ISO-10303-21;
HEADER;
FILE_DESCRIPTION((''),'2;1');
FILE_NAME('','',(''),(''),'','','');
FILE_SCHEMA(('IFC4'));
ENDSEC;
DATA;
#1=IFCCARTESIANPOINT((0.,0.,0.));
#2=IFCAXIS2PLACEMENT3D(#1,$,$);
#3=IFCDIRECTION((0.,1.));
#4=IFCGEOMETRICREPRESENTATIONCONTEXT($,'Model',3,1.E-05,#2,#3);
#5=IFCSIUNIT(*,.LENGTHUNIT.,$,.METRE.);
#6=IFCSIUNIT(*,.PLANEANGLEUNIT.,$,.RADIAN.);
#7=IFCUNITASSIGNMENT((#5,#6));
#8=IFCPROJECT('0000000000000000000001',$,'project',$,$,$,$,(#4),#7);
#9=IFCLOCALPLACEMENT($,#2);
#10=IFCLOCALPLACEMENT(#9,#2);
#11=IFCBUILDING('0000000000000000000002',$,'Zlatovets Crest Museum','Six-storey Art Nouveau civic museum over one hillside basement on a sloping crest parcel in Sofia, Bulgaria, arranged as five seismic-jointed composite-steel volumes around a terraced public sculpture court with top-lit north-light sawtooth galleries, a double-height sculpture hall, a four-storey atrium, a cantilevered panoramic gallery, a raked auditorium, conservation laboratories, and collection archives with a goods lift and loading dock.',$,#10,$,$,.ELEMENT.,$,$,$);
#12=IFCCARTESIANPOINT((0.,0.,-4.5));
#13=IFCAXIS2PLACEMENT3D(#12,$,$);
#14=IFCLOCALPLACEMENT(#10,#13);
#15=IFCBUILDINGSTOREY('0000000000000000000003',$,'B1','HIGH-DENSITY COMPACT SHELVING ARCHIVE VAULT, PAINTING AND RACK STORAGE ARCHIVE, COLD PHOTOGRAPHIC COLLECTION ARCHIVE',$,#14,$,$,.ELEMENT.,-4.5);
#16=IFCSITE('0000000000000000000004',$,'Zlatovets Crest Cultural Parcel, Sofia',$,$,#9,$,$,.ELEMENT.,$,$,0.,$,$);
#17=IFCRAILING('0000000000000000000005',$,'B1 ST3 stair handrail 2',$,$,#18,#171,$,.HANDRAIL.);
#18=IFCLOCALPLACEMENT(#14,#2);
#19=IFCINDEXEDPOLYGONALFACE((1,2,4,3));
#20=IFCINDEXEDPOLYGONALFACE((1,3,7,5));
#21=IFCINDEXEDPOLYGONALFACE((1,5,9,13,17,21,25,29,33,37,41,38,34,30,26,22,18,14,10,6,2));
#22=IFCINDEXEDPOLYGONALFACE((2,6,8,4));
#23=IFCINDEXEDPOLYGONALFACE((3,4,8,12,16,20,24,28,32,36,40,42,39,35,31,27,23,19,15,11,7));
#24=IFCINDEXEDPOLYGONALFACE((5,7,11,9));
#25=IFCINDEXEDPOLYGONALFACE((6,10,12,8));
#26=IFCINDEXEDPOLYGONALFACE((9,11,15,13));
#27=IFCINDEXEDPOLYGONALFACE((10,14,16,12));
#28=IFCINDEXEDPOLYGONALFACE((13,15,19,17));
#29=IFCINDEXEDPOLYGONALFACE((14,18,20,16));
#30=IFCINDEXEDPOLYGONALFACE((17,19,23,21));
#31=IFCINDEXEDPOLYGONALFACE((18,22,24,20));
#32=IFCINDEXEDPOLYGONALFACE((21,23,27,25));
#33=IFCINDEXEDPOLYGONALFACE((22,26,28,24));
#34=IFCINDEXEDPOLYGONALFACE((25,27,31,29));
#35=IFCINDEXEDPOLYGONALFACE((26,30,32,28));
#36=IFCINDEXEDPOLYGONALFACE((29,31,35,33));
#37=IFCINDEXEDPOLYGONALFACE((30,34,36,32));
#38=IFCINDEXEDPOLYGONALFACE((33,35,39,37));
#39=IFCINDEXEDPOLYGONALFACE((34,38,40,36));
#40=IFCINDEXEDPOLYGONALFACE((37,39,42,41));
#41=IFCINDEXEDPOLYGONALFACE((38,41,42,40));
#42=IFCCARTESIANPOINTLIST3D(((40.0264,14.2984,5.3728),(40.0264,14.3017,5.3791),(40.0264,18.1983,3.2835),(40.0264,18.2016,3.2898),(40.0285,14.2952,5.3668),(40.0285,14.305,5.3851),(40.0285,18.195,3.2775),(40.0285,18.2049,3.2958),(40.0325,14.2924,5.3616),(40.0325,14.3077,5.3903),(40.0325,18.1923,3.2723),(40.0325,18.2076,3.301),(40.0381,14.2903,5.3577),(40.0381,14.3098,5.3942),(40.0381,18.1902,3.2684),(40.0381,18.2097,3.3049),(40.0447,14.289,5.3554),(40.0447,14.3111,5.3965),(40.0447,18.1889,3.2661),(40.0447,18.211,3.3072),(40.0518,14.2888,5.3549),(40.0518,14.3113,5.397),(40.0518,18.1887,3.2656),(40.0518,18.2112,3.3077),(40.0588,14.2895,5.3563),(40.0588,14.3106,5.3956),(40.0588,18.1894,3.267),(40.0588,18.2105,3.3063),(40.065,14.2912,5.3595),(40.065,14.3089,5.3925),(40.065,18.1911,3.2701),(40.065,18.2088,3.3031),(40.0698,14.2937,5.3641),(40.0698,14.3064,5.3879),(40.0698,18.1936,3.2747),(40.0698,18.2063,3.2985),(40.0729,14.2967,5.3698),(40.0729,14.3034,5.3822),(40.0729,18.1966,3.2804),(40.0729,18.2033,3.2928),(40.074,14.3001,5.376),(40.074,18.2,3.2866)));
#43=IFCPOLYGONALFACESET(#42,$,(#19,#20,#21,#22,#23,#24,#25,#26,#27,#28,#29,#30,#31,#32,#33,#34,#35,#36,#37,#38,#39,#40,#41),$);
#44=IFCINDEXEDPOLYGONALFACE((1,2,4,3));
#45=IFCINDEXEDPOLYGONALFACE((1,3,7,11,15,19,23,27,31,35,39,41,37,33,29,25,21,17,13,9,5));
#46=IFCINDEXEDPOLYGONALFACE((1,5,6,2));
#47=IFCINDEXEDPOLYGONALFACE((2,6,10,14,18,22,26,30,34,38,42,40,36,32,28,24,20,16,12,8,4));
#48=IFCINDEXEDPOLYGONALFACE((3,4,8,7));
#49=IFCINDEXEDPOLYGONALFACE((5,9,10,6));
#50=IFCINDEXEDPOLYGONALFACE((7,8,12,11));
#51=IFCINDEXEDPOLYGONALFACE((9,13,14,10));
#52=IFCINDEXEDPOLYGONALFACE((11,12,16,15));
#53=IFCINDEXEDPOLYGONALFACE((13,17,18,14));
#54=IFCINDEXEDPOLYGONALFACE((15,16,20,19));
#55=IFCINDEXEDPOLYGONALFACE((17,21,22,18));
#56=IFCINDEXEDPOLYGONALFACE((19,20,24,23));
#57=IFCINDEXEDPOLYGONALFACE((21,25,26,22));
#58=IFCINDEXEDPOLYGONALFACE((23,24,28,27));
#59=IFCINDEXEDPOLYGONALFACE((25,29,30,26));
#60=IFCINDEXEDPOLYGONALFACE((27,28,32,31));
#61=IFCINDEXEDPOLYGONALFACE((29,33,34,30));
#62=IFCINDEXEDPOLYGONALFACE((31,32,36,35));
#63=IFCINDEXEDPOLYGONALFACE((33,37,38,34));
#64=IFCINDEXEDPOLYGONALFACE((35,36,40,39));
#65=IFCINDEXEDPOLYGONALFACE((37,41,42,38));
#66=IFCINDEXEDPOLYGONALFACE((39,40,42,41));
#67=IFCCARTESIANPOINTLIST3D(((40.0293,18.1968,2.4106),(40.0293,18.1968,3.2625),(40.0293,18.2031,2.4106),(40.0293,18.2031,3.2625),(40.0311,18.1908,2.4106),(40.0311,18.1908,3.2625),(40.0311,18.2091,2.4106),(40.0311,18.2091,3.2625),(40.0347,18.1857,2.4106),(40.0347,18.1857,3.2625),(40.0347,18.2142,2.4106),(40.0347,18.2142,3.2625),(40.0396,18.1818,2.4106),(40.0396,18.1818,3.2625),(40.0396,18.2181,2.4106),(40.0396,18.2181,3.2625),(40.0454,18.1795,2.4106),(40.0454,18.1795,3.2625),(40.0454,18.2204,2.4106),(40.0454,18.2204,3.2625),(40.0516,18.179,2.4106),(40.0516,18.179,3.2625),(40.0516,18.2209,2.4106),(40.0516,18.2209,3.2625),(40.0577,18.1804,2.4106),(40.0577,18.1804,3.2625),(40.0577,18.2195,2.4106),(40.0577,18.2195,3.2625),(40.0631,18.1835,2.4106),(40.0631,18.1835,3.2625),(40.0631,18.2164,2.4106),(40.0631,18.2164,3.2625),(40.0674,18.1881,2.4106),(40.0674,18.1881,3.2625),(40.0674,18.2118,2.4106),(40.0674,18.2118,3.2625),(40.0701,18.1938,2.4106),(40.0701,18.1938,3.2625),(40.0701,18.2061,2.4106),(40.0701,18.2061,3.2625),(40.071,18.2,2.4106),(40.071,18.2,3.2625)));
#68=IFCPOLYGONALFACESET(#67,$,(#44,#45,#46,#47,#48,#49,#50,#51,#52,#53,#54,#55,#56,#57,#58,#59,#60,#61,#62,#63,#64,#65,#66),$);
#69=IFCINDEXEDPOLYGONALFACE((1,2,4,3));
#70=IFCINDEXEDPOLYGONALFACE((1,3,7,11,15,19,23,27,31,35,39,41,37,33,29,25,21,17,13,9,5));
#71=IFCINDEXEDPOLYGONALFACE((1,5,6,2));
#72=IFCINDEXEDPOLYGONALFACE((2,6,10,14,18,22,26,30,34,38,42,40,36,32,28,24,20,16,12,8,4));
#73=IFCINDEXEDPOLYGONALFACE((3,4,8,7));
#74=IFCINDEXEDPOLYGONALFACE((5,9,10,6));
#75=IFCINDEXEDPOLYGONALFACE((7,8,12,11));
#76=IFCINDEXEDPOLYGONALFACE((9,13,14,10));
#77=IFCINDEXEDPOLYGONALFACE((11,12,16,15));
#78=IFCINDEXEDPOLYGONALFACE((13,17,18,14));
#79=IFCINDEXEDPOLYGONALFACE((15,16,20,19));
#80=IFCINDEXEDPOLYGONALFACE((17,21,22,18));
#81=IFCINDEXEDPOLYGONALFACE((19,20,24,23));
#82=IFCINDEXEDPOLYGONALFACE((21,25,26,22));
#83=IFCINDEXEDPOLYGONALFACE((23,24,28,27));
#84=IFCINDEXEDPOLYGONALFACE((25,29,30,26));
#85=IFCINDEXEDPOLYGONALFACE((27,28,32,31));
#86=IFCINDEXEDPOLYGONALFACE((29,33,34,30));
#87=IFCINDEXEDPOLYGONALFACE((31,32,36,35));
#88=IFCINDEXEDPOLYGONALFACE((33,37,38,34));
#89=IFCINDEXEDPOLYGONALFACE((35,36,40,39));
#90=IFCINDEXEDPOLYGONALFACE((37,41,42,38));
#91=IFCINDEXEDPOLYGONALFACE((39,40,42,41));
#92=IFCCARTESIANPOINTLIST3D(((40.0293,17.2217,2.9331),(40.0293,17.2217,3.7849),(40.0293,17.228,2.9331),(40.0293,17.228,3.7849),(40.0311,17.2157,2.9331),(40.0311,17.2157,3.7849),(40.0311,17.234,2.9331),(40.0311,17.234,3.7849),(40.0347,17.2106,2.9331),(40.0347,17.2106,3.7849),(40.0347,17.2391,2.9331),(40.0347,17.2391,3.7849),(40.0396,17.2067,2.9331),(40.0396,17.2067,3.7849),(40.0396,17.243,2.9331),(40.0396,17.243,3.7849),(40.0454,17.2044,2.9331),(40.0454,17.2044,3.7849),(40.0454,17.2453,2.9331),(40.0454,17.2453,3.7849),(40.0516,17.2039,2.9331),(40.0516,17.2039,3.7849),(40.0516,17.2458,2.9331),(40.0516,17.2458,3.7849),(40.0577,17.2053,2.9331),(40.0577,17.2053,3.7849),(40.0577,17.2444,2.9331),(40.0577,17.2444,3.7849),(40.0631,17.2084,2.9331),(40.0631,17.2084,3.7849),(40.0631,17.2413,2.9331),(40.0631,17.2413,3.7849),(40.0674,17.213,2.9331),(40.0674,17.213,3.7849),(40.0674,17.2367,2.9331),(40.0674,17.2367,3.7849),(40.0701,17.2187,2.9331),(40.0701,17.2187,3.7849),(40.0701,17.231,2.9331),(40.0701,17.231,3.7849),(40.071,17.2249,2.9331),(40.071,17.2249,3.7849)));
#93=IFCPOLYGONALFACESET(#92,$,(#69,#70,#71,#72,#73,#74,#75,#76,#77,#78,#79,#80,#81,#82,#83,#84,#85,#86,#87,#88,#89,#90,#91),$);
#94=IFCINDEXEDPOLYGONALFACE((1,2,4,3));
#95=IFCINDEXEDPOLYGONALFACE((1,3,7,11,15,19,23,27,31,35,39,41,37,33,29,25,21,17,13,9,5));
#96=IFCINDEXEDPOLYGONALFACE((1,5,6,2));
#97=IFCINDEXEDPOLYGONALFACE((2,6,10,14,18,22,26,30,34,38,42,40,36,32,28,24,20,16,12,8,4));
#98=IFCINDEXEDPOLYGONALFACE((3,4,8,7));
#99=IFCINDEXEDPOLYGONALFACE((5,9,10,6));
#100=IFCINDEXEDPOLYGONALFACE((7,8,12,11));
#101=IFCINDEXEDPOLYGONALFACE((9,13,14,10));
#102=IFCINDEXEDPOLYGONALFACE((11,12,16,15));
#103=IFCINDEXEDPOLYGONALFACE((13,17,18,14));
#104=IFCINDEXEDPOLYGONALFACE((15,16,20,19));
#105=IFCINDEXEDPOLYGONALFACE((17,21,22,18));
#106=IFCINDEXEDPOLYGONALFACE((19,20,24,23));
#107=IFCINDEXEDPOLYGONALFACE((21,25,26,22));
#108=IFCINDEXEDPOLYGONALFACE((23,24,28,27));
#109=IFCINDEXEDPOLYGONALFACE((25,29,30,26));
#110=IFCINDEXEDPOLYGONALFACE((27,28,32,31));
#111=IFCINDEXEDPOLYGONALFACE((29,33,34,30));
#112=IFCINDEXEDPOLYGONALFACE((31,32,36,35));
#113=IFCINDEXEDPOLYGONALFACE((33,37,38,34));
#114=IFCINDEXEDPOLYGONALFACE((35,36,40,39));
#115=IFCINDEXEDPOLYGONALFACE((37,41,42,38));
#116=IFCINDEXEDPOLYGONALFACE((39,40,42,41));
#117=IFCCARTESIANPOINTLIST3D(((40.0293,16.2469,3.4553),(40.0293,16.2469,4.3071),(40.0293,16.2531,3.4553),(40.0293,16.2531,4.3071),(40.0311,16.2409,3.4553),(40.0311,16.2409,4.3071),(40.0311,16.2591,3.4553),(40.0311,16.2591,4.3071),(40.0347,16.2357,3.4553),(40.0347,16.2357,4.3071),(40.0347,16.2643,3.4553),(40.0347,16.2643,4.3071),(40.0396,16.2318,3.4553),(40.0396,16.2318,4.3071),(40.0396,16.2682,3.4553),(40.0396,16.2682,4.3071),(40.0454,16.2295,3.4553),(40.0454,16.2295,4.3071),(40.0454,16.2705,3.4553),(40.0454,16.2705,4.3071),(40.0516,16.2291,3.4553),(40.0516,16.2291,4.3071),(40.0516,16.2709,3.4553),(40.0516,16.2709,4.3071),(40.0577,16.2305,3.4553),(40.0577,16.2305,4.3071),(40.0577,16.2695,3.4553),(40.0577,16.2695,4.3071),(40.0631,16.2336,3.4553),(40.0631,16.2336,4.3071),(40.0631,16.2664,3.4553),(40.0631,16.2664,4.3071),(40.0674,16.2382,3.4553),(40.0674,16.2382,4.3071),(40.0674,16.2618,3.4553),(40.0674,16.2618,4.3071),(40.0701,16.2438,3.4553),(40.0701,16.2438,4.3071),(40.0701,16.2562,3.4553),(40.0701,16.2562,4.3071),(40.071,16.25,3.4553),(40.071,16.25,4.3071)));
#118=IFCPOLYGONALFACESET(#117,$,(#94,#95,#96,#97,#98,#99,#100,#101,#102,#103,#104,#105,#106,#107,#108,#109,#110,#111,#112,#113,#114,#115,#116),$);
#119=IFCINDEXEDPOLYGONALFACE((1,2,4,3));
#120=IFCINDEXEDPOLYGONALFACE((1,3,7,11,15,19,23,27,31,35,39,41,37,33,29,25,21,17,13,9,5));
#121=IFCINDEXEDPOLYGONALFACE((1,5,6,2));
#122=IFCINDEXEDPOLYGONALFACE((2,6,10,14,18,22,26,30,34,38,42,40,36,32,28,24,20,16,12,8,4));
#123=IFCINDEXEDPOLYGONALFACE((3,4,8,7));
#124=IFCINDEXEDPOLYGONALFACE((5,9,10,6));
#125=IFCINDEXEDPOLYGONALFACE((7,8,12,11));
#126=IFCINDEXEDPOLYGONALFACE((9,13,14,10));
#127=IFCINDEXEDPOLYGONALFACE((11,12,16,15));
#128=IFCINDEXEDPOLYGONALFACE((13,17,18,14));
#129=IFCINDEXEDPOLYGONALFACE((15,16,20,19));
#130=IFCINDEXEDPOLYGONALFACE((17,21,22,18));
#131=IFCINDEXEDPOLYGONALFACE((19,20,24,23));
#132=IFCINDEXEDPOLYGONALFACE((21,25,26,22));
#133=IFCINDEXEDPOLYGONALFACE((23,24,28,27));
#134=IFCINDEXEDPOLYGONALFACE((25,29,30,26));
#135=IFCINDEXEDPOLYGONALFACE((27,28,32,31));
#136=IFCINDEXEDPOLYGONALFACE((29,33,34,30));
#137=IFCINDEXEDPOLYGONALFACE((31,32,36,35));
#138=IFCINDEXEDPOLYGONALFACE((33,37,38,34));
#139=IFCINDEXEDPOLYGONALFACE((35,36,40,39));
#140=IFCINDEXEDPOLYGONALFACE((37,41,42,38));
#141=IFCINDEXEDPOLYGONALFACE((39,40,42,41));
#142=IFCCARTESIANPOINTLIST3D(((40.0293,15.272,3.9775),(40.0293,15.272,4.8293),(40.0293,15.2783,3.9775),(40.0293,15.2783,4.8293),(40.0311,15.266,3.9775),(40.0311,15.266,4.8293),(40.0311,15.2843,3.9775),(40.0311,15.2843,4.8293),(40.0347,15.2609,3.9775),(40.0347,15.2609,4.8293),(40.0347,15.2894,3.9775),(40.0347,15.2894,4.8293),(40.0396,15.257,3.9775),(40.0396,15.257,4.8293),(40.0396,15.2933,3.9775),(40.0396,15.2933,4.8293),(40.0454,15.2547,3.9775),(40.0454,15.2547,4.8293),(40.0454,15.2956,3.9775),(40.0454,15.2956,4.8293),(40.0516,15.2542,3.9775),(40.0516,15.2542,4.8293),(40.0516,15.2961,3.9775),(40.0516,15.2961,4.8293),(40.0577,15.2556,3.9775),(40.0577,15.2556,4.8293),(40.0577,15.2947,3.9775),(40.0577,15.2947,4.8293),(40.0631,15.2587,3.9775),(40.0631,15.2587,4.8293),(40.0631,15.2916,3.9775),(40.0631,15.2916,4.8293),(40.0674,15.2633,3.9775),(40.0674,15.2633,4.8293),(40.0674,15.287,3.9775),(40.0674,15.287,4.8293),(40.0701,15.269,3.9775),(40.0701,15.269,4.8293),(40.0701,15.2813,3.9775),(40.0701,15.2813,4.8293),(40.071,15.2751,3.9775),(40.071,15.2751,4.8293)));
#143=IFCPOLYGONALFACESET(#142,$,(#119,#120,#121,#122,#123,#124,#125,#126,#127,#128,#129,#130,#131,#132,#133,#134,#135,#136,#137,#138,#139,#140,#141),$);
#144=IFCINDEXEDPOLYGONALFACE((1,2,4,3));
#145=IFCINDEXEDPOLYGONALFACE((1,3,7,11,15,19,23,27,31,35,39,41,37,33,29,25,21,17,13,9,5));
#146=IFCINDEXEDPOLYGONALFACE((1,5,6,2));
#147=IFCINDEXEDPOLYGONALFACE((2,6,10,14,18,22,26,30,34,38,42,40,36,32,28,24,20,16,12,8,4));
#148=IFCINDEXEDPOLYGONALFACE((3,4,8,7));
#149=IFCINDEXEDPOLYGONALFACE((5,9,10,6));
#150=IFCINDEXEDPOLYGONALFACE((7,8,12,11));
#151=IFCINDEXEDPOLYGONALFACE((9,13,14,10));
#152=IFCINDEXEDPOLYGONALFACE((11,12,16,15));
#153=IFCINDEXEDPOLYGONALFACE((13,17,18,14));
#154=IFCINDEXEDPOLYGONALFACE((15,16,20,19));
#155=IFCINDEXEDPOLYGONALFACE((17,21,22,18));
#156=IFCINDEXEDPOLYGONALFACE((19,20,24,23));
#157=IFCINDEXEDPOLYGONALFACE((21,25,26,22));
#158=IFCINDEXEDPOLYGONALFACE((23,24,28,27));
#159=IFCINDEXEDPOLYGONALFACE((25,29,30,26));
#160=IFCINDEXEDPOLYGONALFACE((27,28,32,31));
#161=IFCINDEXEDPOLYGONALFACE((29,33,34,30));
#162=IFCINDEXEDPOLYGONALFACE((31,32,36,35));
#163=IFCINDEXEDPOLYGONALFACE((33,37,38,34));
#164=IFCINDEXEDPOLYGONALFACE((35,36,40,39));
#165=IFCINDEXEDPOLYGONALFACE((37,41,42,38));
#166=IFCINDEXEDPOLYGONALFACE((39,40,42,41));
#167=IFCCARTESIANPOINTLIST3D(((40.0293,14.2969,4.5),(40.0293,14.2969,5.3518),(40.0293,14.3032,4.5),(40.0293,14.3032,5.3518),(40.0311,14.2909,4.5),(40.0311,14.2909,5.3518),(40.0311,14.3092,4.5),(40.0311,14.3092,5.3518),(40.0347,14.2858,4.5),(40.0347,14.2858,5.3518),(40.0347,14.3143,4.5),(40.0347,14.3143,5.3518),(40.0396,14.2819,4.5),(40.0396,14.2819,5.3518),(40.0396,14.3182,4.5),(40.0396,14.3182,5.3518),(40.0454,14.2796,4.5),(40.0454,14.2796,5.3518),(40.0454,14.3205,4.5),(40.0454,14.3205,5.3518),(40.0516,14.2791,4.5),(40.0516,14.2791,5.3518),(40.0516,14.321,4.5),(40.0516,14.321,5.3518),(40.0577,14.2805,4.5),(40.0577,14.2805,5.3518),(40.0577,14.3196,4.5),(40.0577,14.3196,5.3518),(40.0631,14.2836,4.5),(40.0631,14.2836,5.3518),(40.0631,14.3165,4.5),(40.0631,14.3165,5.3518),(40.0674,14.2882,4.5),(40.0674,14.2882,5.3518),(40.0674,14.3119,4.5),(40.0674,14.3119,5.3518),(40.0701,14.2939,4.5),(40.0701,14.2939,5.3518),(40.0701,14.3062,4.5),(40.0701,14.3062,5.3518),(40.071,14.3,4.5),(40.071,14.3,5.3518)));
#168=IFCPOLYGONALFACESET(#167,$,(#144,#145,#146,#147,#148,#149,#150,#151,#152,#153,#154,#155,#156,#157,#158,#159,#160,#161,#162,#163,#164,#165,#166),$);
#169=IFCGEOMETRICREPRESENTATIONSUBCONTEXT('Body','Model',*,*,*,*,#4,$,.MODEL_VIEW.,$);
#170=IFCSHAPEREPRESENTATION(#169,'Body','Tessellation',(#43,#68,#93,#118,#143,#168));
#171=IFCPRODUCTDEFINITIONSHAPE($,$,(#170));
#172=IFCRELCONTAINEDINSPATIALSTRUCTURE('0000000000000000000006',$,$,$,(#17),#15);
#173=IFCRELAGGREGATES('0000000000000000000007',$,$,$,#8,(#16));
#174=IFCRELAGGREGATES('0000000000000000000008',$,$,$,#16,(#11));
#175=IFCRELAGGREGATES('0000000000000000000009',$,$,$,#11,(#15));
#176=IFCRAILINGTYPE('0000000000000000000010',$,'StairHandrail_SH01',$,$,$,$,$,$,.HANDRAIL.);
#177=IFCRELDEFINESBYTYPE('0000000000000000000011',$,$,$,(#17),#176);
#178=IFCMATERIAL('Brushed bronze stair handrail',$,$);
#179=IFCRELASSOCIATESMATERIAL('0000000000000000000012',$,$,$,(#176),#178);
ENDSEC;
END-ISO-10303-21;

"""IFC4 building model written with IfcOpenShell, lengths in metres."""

from ifc_helpers import new_model, si_unit, direction, frame, origin, origin_2d, place, context, subcontext, project, spatial, circle, extrude, material, type_object, element, save


model = new_model("IFC4")

# Units and contexts
model_context = context("Model", 3, precision=1e-05, world=origin(), true_north=direction((0.0, 1.0)))
body_context = subcontext(model_context, "Body", "Model", "MODEL_VIEW")
ifc_project = project(units=[si_unit("LENGTHUNIT", "METRE"), si_unit("PLANEANGLEUNIT", "RADIAN")], contexts=[model_context])

# Site, building, storey
site_placement = place(None, origin())
site = spatial("IfcSite", under=ifc_project, at=site_placement, Name="Zlatovets Crest Cultural Parcel, Sofia", CompositionType="ELEMENT", RefElevation=0.0)
building_placement = place(site_placement, origin())
building = spatial("IfcBuilding", under=site, at=building_placement, Name="Zlatovets Crest Museum", Description="Six-storey Art Nouveau civic museum over one hillside basement on a sloping crest parcel in Sofia, Bulgaria, arranged as five seismic-jointed composite-steel volumes around a terraced public sculpture court with top-lit north-light sawtooth galleries, a double-height sculpture hall, a four-storey atrium, a cantilevered panoramic gallery, a raked auditorium, conservation laboratories, and collection archives with a goods lift and loading dock.", CompositionType="ELEMENT")
storey_placement = place(building_placement, frame((0.0, 0.0, -4.5)))
storey = spatial("IfcBuildingStorey", under=building, at=storey_placement, Name="B1", Description="HIGH-DENSITY COMPACT SHELVING ARCHIVE VAULT, PAINTING AND RACK STORAGE ARCHIVE, COLD PHOTOGRAPHIC COLLECTION ARCHIVE", CompositionType="ELEMENT", Elevation=-4.5)

# Railing
ifc_material_1 = material(Name="Brushed bronze stair handrail")
railing_type_1 = type_object("IfcRailingType", Name="StairHandrail_SH01", PredefinedType="HANDRAIL", material=ifc_material_1)
railing_1_placement = place(storey_placement, frame((40.05, 18.2, 2.4106)))
element("IfcRailing", 1, at=railing_1_placement, inside=storey, type_object=railing_type_1, Name="B1 ST3 stair handrail 2", PredefinedType="HANDRAIL", context=body_context, shape_type="SweptSolid", body=[
    extrude(circle(Radius=0.0239, at=origin_2d()), frame((0.0, 0.0, 0.876), z_axis=(0.0, -0.881468, 0.472243), x_axis=(1.0, 0.0, 0.0)), (0.0, 0.0, 1.0), 4.4243),
    extrude(circle(Radius=0.021, at=origin_2d()), origin(), (0.0, 0.0, 1.0), 0.8518),
    extrude(circle(Radius=0.021, at=origin_2d()), frame((0.0, -0.9751, 0.5225)), (0.0, 0.0, 1.0), 0.8518),
    extrude(circle(Radius=0.021, at=origin_2d()), frame((0.0, -1.95, 1.0447)), (0.0, 0.0, 1.0), 0.8518),
    extrude(circle(Radius=0.021, at=origin_2d()), frame((0.0, -2.9248, 1.5669)), (0.0, 0.0, 1.0), 0.8518),
    extrude(circle(Radius=0.021, at=origin_2d()), frame((0.0, -3.8999, 2.0894)), (0.0, 0.0, 1.0), 0.8518),
])

save(model, "model.ifc")
